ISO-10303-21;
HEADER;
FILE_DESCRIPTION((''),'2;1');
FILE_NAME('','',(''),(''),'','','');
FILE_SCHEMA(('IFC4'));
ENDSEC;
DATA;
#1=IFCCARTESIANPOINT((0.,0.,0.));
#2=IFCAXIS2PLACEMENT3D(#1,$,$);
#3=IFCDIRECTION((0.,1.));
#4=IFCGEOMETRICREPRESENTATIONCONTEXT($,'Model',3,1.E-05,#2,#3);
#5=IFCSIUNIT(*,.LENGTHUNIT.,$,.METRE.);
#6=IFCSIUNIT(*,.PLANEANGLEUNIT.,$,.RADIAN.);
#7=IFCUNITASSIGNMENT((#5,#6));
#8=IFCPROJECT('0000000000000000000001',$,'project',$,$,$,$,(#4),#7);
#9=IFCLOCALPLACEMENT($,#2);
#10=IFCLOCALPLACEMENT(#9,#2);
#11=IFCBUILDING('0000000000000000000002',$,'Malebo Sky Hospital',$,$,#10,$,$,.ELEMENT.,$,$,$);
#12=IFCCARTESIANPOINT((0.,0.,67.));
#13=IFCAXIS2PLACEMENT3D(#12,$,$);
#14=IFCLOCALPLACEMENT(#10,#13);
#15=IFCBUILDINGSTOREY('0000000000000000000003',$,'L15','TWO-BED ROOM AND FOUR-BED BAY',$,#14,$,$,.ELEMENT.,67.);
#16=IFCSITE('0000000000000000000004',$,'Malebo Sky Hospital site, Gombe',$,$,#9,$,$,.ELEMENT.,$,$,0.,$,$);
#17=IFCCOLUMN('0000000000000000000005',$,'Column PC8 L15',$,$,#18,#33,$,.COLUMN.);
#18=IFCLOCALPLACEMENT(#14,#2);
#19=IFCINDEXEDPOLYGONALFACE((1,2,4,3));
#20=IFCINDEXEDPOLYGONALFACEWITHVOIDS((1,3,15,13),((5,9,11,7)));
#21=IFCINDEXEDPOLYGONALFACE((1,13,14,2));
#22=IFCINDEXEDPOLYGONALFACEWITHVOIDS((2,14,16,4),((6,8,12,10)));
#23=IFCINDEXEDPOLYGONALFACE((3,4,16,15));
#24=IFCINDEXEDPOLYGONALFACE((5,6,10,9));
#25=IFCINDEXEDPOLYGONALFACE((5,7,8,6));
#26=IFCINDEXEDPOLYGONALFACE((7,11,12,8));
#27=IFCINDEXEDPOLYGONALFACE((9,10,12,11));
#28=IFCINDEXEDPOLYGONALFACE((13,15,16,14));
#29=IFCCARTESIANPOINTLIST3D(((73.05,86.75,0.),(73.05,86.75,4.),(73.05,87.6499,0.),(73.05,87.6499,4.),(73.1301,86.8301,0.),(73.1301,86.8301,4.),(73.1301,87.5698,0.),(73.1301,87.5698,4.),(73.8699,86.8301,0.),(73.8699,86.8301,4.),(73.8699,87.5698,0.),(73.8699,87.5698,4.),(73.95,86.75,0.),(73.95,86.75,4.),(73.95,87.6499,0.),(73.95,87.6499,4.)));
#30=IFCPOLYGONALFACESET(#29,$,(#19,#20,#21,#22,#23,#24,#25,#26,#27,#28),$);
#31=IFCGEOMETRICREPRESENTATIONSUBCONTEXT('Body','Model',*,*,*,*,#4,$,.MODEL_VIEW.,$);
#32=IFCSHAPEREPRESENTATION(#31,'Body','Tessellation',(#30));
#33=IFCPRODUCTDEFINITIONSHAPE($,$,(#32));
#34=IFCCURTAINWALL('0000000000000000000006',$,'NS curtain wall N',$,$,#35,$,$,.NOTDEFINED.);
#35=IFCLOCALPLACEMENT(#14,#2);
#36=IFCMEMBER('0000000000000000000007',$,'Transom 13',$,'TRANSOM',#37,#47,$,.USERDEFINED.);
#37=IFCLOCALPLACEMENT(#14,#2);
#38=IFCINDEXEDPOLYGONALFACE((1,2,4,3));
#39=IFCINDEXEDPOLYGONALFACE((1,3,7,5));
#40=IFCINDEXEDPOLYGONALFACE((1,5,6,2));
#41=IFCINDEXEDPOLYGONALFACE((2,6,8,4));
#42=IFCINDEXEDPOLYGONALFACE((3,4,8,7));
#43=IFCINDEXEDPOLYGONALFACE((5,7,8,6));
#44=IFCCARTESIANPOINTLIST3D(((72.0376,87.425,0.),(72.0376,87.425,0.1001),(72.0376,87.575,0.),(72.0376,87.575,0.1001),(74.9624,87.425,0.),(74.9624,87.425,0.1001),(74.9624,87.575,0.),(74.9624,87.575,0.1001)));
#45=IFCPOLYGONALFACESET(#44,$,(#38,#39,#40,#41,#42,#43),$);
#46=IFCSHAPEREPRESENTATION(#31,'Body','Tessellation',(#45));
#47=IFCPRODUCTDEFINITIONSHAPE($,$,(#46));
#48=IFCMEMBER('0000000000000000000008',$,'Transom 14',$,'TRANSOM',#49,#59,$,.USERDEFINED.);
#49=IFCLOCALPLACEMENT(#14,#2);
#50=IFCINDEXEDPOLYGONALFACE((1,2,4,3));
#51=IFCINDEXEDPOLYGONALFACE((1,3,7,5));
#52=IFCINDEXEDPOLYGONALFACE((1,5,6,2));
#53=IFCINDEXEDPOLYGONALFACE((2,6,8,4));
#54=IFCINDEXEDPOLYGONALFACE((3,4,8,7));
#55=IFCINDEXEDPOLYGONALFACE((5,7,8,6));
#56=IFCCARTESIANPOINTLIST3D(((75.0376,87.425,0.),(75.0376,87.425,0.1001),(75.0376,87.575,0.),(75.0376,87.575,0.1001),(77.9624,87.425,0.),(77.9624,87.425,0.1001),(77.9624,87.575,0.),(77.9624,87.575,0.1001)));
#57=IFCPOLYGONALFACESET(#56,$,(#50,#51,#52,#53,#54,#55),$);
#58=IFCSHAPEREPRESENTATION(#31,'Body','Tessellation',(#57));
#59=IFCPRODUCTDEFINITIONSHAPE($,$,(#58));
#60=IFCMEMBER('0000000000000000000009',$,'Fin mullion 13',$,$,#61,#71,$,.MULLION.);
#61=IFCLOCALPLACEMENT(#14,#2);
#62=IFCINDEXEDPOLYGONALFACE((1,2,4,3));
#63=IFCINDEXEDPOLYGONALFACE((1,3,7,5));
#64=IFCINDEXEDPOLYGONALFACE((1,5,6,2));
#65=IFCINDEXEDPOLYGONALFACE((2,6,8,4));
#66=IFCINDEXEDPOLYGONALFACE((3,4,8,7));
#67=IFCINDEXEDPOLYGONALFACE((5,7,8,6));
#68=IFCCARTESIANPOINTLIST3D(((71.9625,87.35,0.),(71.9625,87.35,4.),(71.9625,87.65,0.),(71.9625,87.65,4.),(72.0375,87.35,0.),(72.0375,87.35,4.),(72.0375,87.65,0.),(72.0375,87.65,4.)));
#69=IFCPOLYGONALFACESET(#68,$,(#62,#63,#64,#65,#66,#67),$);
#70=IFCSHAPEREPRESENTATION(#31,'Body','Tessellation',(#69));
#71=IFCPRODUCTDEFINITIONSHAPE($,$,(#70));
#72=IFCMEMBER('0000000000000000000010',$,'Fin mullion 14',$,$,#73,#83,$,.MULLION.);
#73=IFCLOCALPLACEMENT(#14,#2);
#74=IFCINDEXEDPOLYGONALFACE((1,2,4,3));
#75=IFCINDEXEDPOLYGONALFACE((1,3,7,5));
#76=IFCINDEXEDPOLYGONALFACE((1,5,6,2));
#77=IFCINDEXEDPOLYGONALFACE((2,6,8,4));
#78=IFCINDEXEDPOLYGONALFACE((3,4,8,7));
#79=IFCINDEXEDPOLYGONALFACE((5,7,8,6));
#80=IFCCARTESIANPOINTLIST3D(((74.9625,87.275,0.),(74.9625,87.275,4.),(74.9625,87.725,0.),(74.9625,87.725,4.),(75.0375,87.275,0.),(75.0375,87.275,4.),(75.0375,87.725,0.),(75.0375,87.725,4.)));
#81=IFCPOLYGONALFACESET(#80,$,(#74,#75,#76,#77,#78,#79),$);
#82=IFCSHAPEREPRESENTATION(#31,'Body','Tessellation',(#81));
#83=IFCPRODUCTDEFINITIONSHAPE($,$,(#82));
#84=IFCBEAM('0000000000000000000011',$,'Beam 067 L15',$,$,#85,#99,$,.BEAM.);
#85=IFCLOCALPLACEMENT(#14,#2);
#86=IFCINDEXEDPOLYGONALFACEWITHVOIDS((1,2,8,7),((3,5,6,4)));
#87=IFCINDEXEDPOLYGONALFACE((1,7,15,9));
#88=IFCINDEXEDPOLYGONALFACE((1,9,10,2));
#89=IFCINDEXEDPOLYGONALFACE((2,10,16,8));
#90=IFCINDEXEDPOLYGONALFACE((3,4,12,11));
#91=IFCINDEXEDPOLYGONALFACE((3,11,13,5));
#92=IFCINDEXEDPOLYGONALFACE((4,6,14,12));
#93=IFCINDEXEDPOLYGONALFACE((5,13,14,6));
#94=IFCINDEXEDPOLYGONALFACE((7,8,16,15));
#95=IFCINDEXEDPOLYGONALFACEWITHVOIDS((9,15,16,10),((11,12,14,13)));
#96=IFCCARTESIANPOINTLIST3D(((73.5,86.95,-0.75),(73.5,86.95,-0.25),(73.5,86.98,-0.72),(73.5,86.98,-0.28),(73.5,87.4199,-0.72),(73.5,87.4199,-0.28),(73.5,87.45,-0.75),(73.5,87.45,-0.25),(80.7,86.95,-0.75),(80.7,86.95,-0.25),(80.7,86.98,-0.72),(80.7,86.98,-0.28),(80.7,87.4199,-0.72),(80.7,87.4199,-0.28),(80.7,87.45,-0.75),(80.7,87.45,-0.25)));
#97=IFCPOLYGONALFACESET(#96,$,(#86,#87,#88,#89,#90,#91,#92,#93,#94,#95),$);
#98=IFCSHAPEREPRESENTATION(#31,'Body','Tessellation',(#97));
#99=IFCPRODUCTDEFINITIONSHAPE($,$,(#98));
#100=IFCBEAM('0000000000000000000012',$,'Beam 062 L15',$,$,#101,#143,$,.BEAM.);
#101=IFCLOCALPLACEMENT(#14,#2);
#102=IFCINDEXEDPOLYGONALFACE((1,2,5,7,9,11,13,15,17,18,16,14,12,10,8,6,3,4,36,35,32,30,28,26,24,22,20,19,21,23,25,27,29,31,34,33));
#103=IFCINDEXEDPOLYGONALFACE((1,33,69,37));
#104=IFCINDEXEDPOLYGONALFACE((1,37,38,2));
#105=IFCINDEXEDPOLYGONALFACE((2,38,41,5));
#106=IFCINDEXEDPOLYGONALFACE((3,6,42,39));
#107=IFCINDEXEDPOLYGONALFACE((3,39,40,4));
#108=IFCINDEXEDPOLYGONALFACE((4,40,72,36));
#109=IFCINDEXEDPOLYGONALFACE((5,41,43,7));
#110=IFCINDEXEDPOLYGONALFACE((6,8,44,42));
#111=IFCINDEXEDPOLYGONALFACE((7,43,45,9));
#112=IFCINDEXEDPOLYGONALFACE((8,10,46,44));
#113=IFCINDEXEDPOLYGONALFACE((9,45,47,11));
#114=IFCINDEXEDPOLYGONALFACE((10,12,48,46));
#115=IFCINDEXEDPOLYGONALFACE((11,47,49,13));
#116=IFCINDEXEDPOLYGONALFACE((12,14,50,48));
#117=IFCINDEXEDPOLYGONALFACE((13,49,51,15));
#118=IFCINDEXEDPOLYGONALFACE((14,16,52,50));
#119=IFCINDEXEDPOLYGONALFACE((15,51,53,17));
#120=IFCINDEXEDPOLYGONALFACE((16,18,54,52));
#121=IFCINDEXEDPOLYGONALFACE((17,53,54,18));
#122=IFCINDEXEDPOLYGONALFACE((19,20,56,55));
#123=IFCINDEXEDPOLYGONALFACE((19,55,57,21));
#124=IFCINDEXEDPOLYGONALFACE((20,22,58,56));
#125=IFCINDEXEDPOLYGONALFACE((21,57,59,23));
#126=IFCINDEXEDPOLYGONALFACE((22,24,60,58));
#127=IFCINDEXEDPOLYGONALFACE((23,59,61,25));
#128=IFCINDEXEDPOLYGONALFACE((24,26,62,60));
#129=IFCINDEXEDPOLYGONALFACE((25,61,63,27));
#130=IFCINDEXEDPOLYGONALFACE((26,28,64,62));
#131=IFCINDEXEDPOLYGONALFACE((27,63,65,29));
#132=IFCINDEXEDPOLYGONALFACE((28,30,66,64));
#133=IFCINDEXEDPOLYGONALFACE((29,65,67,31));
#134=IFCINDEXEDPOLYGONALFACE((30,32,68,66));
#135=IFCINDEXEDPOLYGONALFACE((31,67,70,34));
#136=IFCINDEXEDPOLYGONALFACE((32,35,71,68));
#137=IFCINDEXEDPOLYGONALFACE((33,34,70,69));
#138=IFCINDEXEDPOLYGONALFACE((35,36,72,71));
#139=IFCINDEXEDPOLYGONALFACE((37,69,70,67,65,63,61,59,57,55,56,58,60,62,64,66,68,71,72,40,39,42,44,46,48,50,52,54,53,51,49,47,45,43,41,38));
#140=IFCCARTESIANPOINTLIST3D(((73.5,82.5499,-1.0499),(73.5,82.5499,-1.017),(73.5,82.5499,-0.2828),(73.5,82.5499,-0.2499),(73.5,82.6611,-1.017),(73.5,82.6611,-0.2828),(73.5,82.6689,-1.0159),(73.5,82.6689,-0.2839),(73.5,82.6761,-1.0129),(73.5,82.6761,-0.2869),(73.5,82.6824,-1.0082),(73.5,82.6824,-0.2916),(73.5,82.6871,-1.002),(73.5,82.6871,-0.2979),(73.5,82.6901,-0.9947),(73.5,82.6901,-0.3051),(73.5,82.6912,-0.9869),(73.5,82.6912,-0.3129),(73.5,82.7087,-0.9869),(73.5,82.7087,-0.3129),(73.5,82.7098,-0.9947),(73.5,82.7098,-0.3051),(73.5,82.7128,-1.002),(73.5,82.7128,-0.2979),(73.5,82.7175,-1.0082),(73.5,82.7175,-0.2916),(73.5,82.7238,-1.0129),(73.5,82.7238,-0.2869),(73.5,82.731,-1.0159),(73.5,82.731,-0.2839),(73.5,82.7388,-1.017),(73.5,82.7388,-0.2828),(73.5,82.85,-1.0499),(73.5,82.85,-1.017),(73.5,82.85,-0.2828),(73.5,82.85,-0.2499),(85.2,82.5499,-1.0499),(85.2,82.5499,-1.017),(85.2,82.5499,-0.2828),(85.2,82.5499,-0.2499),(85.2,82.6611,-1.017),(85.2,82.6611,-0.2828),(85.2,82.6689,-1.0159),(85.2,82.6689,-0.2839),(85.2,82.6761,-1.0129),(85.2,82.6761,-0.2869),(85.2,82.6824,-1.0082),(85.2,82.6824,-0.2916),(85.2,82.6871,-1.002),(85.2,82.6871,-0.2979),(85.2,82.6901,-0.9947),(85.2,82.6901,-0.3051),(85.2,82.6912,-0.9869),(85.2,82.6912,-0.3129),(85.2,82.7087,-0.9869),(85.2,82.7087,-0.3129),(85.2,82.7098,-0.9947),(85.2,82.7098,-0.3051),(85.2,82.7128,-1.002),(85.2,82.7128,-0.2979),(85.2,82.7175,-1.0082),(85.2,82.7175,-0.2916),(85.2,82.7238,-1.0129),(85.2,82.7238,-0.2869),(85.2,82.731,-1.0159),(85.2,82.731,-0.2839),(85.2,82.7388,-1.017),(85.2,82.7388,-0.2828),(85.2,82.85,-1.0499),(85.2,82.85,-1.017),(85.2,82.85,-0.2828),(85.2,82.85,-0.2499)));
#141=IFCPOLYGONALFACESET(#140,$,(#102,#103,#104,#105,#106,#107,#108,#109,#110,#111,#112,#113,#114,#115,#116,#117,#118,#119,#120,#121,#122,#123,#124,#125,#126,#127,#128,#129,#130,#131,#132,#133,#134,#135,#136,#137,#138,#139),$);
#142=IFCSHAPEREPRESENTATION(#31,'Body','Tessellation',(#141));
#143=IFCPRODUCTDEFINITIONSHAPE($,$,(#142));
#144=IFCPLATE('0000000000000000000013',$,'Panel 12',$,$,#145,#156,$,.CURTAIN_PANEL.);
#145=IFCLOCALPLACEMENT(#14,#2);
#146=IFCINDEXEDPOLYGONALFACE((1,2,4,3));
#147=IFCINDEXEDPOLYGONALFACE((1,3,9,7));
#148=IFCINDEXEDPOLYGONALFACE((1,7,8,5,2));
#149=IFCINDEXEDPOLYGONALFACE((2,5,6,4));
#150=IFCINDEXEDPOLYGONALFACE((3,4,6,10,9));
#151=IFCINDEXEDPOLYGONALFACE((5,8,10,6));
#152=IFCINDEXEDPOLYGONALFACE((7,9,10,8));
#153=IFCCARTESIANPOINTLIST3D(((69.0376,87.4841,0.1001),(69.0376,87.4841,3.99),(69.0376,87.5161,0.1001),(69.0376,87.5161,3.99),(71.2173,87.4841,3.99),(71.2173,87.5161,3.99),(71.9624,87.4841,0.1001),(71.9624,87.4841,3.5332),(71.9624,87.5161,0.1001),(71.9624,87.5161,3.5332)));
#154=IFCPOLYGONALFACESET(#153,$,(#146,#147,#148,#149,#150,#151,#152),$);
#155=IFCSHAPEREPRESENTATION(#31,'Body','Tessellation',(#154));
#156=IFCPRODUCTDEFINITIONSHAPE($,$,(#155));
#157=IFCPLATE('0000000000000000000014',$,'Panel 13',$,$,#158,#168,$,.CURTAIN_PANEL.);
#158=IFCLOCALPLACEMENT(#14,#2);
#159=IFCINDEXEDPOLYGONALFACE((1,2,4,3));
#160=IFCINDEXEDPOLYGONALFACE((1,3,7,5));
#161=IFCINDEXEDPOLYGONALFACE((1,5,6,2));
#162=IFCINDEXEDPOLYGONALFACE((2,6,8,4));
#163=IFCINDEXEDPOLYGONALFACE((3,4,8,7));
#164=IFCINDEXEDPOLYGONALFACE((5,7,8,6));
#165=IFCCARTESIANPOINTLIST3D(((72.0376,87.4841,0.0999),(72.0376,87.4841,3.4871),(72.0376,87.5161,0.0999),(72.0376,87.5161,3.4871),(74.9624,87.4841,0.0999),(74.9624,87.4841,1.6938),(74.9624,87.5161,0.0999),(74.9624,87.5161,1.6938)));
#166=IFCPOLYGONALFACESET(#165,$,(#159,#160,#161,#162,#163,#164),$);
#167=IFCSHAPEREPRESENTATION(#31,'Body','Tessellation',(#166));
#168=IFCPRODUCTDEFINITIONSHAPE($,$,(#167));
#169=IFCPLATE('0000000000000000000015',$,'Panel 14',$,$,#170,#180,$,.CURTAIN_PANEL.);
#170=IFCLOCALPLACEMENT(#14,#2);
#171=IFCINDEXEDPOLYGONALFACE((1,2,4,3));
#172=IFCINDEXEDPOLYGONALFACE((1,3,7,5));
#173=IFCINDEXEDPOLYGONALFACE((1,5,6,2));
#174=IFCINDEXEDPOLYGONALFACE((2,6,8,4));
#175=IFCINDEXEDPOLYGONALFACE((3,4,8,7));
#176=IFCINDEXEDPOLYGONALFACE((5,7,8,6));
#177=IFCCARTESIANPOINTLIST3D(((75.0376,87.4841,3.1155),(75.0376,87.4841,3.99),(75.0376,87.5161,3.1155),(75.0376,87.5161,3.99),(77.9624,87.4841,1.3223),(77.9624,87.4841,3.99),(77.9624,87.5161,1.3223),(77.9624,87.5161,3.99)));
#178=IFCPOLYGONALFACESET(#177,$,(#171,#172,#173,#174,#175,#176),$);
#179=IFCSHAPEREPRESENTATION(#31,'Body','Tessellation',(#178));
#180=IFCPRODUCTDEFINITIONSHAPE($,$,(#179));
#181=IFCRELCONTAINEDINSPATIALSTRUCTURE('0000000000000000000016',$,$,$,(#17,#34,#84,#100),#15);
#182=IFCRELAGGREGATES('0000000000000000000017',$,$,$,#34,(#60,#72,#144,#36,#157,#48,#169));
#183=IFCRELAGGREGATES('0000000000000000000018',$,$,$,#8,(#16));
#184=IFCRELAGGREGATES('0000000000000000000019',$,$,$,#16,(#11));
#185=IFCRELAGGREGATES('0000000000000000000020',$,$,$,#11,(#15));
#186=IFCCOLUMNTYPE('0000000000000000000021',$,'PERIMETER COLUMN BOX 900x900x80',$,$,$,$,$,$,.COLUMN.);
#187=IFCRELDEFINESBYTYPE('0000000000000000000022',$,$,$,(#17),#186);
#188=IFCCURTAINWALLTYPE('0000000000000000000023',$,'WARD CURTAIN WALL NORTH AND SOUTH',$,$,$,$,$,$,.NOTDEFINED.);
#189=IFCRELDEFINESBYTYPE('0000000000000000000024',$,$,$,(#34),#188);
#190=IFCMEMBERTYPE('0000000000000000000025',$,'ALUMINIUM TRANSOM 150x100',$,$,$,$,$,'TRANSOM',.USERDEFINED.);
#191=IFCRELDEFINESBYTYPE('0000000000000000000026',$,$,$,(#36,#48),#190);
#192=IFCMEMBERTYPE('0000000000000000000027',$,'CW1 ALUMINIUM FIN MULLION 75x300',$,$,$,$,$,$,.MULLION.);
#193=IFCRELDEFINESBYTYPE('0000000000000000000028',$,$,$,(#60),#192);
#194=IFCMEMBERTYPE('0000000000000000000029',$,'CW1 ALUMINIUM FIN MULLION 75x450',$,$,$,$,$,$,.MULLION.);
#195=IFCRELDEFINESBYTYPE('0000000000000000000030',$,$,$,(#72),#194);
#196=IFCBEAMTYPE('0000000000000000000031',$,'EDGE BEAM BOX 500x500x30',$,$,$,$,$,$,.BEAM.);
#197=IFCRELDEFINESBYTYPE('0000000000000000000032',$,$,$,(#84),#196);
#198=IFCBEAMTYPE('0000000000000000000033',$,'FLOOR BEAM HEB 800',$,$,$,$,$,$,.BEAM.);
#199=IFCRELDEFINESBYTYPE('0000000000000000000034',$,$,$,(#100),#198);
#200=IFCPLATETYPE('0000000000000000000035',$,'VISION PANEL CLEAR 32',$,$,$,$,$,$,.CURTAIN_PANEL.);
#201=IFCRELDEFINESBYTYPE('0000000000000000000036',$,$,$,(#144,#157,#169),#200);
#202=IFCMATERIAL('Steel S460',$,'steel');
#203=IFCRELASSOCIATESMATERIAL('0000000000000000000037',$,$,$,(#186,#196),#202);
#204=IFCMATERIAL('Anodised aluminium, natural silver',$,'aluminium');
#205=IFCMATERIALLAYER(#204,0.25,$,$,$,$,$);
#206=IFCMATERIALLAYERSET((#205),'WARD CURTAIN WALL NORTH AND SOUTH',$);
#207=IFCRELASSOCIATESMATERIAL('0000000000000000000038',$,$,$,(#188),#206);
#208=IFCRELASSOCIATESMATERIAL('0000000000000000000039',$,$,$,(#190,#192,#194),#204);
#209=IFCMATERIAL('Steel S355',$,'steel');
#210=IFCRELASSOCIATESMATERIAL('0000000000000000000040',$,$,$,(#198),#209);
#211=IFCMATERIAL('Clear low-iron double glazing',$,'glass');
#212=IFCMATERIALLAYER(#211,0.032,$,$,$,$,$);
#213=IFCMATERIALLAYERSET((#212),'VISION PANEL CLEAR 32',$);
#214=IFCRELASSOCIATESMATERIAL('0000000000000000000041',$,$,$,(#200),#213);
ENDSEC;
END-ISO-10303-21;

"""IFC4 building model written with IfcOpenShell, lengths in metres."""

from ifc_helpers import new_model, si_unit, direction, frame, origin, origin_2d, place, context, subcontext, project, spatial, polyline, rectangle, hollow_rectangle, i_section, outline, extrude, material, layer, layer_set, material_profile, profile_set, type_object, element, aggregate, save


model = new_model("IFC4")

# Units and contexts
model_context = context("Model", 3, precision=1e-05, world=origin(), true_north=direction((0.0, 1.0)))
body_context = subcontext(model_context, "Body", "Model", "MODEL_VIEW")
ifc_project = project(units=[si_unit("LENGTHUNIT", "METRE"), si_unit("PLANEANGLEUNIT", "RADIAN")], contexts=[model_context])

# Site, building, storey
site_placement = place(None, origin())
site = spatial("IfcSite", under=ifc_project, at=site_placement, Name="Malebo Sky Hospital site, Gombe", CompositionType="ELEMENT", RefElevation=0.0)
building_placement = place(site_placement, origin())
building = spatial("IfcBuilding", under=site, at=building_placement, Name="Malebo Sky Hospital", CompositionType="ELEMENT")
storey_placement = place(building_placement, frame((0.0, 0.0, 67.0)))
storey = spatial("IfcBuildingStorey", under=building, at=storey_placement, Name="L15", Description="TWO-BED ROOM AND FOUR-BED BAY", CompositionType="ELEMENT", Elevation=67.0)

# Column
ifc_material_1 = material(Name="Steel S460", Category="steel")
ifc_material_profile_1 = material_profile(ifc_material_1, hollow_rectangle(XDim=0.8999, YDim=0.8999, WallThickness=0.0801, at=origin_2d()), Name="BOX 900x900x80")
ifc_profile_set_1 = profile_set([ifc_material_profile_1], Name="Steel S460")
column_type = type_object("IfcColumnType", Name="PERIMETER COLUMN BOX 900x900x80", PredefinedType="COLUMN", material=ifc_profile_set_1)
column_placement = place(storey_placement, frame((73.5, 87.2, 0.0), z_axis=(0.0, 0.0, 1.0), x_axis=(1.0, 0.0, 0.0)))
element("IfcColumn", 1, at=column_placement, inside=storey, type_object=column_type, Name="Column PC8 L15", PredefinedType="COLUMN", context=body_context, shape_type="SweptSolid", body=[
    extrude(hollow_rectangle(XDim=0.8999, YDim=0.8999, WallThickness=0.0801, at=origin_2d()), origin(), (0.0, 0.0, 1.0), 4.0),
])

# Curtain wall, members
ifc_material_2 = material(Name="Anodised aluminium, natural silver", Category="aluminium")
ifc_layer_1 = layer(ifc_material_2, 0.25)
ifc_layer_set_1 = layer_set([ifc_layer_1], Name="WARD CURTAIN WALL NORTH AND SOUTH")
curtain_wall_type = type_object("IfcCurtainWallType", Name="WARD CURTAIN WALL NORTH AND SOUTH", PredefinedType="NOTDEFINED", material=ifc_layer_set_1)
curtain_wall_placement = place(storey_placement, origin())
curtain_wall = element("IfcCurtainWall", 2, at=curtain_wall_placement, inside=storey, type_object=curtain_wall_type, Name="NS curtain wall N", PredefinedType="NOTDEFINED")
ifc_material_profile_2 = material_profile(ifc_material_2, rectangle(XDim=0.1499, YDim=0.1001, at=origin_2d()), Name="ALUMINIUM TRANSOM 150x100")
ifc_profile_set_2 = profile_set([ifc_material_profile_2], Name="Anodised aluminium, natural silver")
member_type_1 = type_object("IfcMemberType", Name="ALUMINIUM TRANSOM 150x100", ElementType="TRANSOM", PredefinedType="USERDEFINED", material=ifc_profile_set_2)
member_1_placement = place(storey_placement, frame((72.0376, 87.5, 0.05), z_axis=(1.0, 0.0, 0.0), x_axis=(0.0, 1.0, 0.0)))
member_1 = element("IfcMember", 3, at=member_1_placement, type_object=member_type_1, Name="Transom 13", ObjectType="TRANSOM", PredefinedType="USERDEFINED", context=body_context, shape_type="SweptSolid", body=[
    extrude(rectangle(XDim=0.1499, YDim=0.1001, at=origin_2d()), origin(), (0.0, 0.0, 1.0), 2.9248),
])
member_2_placement = place(storey_placement, frame((75.0376, 87.5, 0.05), z_axis=(1.0, 0.0, 0.0), x_axis=(0.0, 1.0, 0.0)))
member_2 = element("IfcMember", 4, at=member_2_placement, type_object=member_type_1, Name="Transom 14", ObjectType="TRANSOM", PredefinedType="USERDEFINED", context=body_context, shape_type="SweptSolid", body=[
    extrude(rectangle(XDim=0.1499, YDim=0.1001, at=origin_2d()), origin(), (0.0, 0.0, 1.0), 2.9248),
])
ifc_material_profile_3 = material_profile(ifc_material_2, rectangle(XDim=0.075, YDim=0.3, at=origin_2d()), Name="CW1 ALUMINIUM FIN MULLION 75x300")
ifc_profile_set_3 = profile_set([ifc_material_profile_3], Name="Anodised aluminium, natural silver")
member_type_2 = type_object("IfcMemberType", Name="CW1 ALUMINIUM FIN MULLION 75x300", PredefinedType="MULLION", material=ifc_profile_set_3)
member_3_placement = place(storey_placement, frame((72.0, 87.5, 0.0), z_axis=(0.0, 0.0, 1.0), x_axis=(1.0, 0.0, 0.0)))
member_3 = element("IfcMember", 5, at=member_3_placement, type_object=member_type_2, Name="Fin mullion 13", PredefinedType="MULLION", context=body_context, shape_type="SweptSolid", body=[
    extrude(rectangle(XDim=0.075, YDim=0.3, at=origin_2d()), origin(), (0.0, 0.0, 1.0), 4.0),
])
ifc_material_profile_4 = material_profile(ifc_material_2, rectangle(XDim=0.075, YDim=0.45, at=origin_2d()), Name="CW1 ALUMINIUM FIN MULLION 75x450")
ifc_profile_set_4 = profile_set([ifc_material_profile_4], Name="Anodised aluminium, natural silver")
member_type_3 = type_object("IfcMemberType", Name="CW1 ALUMINIUM FIN MULLION 75x450", PredefinedType="MULLION", material=ifc_profile_set_4)
member_4_placement = place(storey_placement, frame((75.0, 87.5, 0.0), z_axis=(0.0, 0.0, 1.0), x_axis=(1.0, 0.0, 0.0)))
member_4 = element("IfcMember", 6, at=member_4_placement, type_object=member_type_3, Name="Fin mullion 14", PredefinedType="MULLION", context=body_context, shape_type="SweptSolid", body=[
    extrude(rectangle(XDim=0.075, YDim=0.45, at=origin_2d()), origin(), (0.0, 0.0, 1.0), 4.0),
])

# Beams
ifc_material_profile_5 = material_profile(ifc_material_1, hollow_rectangle(XDim=0.5, YDim=0.5, WallThickness=0.03, at=origin_2d()), Name="BOX 500x500x30")
ifc_profile_set_5 = profile_set([ifc_material_profile_5], Name="Steel S460")
beam_type_1 = type_object("IfcBeamType", Name="EDGE BEAM BOX 500x500x30", PredefinedType="BEAM", material=ifc_profile_set_5)
beam_1_placement = place(storey_placement, frame((73.5, 87.2, -0.5), z_axis=(1.0, 0.0, 0.0), x_axis=(0.0, 1.0, 0.0)))
element("IfcBeam", 7, at=beam_1_placement, inside=storey, type_object=beam_type_1, Name="Beam 067 L15", PredefinedType="BEAM", context=body_context, shape_type="SweptSolid", body=[
    extrude(hollow_rectangle(XDim=0.5, YDim=0.5, WallThickness=0.03, at=origin_2d()), origin(), (0.0, 0.0, 1.0), 7.2),
])
ifc_material_3 = material(Name="Steel S355", Category="steel")
ifc_material_profile_6 = material_profile(ifc_material_3, i_section(OverallWidth=0.3, OverallDepth=0.8, WebThickness=0.0176, FlangeThickness=0.033, FilletRadius=0.03, at=origin_2d()), Name="HEB 800")
ifc_profile_set_6 = profile_set([ifc_material_profile_6], Name="Steel S355")
beam_type_2 = type_object("IfcBeamType", Name="FLOOR BEAM HEB 800", PredefinedType="BEAM", material=ifc_profile_set_6)
beam_2_placement = place(storey_placement, frame((73.5, 82.7, -0.6499), z_axis=(1.0, 0.0, 0.0), x_axis=(0.0, 1.0, 0.0)))
element("IfcBeam", 8, at=beam_2_placement, inside=storey, type_object=beam_type_2, Name="Beam 062 L15", PredefinedType="BEAM", context=body_context, shape_type="SweptSolid", body=[
    extrude(i_section(OverallWidth=0.3, OverallDepth=0.8, WebThickness=0.0176, FlangeThickness=0.033, FilletRadius=0.03, at=origin_2d()), origin(), (0.0, 0.0, 1.0), 11.7),
])

# Plates
ifc_material_4 = material(Name="Clear low-iron double glazing", Category="glass")
ifc_layer_2 = layer(ifc_material_4, 0.032)
ifc_layer_set_2 = layer_set([ifc_layer_2], Name="VISION PANEL CLEAR 32")
plate_type = type_object("IfcPlateType", Name="VISION PANEL CLEAR 32", PredefinedType="CURTAIN_PANEL", material=ifc_layer_set_2)
plate_1_placement = place(storey_placement, frame((70.5, 87.5, 0.1001), z_axis=(0.0, 0.0, 1.0), x_axis=(1.0, 0.0, 0.0)))
plate_1 = element("IfcPlate", 9, at=plate_1_placement, type_object=plate_type, Name="Panel 12", PredefinedType="CURTAIN_PANEL", context=body_context, shape_type="SweptSolid", body=[
    extrude(outline(polyline([(-1.4624, 0.0), (1.4624, 0.0), (1.4624, 3.4331), (0.7173, 3.8899), (-1.4624, 3.8899), (-1.4624, 0.0)])), frame((0.0, 0.0161, 0.0), z_axis=(0.0, -1.0, 0.0), x_axis=(1.0, 0.0, 0.0)), (0.0, 0.0, 1.0), 0.032),
])
plate_2_placement = place(storey_placement, frame((73.5, 87.5, 0.0999), z_axis=(0.0, 0.0, 1.0), x_axis=(1.0, 0.0, 0.0)))
plate_2 = element("IfcPlate", 10, at=plate_2_placement, type_object=plate_type, Name="Panel 13", PredefinedType="CURTAIN_PANEL", context=body_context, shape_type="SweptSolid", body=[
    extrude(outline(polyline([(-1.4624, 0.0), (1.4624, 0.0), (1.4624, 1.594), (-1.4624, 3.3872), (-1.4624, 0.0)])), frame((0.0, 0.0161, 0.0), z_axis=(0.0, -1.0, 0.0), x_axis=(1.0, 0.0, 0.0)), (0.0, 0.0, 1.0), 0.032),
])
plate_3_placement = place(storey_placement, frame((76.5, 87.5, 1.3223), z_axis=(0.0, 0.0, 1.0), x_axis=(1.0, 0.0, 0.0)))
plate_3 = element("IfcPlate", 11, at=plate_3_placement, type_object=plate_type, Name="Panel 14", PredefinedType="CURTAIN_PANEL", context=body_context, shape_type="SweptSolid", body=[
    extrude(outline(polyline([(1.4624, 0.0), (1.4624, 2.6677), (-1.4624, 2.6677), (-1.4624, 1.7932), (1.4624, 0.0)])), frame((0.0, 0.0161, 0.0), z_axis=(0.0, -1.0, 0.0), x_axis=(1.0, 0.0, 0.0)), (0.0, 0.0, 1.0), 0.032),
])
aggregate(curtain_wall, [member_3, member_4, plate_1, member_1, plate_2, member_2, plate_3])

save(model, "model.ifc")
